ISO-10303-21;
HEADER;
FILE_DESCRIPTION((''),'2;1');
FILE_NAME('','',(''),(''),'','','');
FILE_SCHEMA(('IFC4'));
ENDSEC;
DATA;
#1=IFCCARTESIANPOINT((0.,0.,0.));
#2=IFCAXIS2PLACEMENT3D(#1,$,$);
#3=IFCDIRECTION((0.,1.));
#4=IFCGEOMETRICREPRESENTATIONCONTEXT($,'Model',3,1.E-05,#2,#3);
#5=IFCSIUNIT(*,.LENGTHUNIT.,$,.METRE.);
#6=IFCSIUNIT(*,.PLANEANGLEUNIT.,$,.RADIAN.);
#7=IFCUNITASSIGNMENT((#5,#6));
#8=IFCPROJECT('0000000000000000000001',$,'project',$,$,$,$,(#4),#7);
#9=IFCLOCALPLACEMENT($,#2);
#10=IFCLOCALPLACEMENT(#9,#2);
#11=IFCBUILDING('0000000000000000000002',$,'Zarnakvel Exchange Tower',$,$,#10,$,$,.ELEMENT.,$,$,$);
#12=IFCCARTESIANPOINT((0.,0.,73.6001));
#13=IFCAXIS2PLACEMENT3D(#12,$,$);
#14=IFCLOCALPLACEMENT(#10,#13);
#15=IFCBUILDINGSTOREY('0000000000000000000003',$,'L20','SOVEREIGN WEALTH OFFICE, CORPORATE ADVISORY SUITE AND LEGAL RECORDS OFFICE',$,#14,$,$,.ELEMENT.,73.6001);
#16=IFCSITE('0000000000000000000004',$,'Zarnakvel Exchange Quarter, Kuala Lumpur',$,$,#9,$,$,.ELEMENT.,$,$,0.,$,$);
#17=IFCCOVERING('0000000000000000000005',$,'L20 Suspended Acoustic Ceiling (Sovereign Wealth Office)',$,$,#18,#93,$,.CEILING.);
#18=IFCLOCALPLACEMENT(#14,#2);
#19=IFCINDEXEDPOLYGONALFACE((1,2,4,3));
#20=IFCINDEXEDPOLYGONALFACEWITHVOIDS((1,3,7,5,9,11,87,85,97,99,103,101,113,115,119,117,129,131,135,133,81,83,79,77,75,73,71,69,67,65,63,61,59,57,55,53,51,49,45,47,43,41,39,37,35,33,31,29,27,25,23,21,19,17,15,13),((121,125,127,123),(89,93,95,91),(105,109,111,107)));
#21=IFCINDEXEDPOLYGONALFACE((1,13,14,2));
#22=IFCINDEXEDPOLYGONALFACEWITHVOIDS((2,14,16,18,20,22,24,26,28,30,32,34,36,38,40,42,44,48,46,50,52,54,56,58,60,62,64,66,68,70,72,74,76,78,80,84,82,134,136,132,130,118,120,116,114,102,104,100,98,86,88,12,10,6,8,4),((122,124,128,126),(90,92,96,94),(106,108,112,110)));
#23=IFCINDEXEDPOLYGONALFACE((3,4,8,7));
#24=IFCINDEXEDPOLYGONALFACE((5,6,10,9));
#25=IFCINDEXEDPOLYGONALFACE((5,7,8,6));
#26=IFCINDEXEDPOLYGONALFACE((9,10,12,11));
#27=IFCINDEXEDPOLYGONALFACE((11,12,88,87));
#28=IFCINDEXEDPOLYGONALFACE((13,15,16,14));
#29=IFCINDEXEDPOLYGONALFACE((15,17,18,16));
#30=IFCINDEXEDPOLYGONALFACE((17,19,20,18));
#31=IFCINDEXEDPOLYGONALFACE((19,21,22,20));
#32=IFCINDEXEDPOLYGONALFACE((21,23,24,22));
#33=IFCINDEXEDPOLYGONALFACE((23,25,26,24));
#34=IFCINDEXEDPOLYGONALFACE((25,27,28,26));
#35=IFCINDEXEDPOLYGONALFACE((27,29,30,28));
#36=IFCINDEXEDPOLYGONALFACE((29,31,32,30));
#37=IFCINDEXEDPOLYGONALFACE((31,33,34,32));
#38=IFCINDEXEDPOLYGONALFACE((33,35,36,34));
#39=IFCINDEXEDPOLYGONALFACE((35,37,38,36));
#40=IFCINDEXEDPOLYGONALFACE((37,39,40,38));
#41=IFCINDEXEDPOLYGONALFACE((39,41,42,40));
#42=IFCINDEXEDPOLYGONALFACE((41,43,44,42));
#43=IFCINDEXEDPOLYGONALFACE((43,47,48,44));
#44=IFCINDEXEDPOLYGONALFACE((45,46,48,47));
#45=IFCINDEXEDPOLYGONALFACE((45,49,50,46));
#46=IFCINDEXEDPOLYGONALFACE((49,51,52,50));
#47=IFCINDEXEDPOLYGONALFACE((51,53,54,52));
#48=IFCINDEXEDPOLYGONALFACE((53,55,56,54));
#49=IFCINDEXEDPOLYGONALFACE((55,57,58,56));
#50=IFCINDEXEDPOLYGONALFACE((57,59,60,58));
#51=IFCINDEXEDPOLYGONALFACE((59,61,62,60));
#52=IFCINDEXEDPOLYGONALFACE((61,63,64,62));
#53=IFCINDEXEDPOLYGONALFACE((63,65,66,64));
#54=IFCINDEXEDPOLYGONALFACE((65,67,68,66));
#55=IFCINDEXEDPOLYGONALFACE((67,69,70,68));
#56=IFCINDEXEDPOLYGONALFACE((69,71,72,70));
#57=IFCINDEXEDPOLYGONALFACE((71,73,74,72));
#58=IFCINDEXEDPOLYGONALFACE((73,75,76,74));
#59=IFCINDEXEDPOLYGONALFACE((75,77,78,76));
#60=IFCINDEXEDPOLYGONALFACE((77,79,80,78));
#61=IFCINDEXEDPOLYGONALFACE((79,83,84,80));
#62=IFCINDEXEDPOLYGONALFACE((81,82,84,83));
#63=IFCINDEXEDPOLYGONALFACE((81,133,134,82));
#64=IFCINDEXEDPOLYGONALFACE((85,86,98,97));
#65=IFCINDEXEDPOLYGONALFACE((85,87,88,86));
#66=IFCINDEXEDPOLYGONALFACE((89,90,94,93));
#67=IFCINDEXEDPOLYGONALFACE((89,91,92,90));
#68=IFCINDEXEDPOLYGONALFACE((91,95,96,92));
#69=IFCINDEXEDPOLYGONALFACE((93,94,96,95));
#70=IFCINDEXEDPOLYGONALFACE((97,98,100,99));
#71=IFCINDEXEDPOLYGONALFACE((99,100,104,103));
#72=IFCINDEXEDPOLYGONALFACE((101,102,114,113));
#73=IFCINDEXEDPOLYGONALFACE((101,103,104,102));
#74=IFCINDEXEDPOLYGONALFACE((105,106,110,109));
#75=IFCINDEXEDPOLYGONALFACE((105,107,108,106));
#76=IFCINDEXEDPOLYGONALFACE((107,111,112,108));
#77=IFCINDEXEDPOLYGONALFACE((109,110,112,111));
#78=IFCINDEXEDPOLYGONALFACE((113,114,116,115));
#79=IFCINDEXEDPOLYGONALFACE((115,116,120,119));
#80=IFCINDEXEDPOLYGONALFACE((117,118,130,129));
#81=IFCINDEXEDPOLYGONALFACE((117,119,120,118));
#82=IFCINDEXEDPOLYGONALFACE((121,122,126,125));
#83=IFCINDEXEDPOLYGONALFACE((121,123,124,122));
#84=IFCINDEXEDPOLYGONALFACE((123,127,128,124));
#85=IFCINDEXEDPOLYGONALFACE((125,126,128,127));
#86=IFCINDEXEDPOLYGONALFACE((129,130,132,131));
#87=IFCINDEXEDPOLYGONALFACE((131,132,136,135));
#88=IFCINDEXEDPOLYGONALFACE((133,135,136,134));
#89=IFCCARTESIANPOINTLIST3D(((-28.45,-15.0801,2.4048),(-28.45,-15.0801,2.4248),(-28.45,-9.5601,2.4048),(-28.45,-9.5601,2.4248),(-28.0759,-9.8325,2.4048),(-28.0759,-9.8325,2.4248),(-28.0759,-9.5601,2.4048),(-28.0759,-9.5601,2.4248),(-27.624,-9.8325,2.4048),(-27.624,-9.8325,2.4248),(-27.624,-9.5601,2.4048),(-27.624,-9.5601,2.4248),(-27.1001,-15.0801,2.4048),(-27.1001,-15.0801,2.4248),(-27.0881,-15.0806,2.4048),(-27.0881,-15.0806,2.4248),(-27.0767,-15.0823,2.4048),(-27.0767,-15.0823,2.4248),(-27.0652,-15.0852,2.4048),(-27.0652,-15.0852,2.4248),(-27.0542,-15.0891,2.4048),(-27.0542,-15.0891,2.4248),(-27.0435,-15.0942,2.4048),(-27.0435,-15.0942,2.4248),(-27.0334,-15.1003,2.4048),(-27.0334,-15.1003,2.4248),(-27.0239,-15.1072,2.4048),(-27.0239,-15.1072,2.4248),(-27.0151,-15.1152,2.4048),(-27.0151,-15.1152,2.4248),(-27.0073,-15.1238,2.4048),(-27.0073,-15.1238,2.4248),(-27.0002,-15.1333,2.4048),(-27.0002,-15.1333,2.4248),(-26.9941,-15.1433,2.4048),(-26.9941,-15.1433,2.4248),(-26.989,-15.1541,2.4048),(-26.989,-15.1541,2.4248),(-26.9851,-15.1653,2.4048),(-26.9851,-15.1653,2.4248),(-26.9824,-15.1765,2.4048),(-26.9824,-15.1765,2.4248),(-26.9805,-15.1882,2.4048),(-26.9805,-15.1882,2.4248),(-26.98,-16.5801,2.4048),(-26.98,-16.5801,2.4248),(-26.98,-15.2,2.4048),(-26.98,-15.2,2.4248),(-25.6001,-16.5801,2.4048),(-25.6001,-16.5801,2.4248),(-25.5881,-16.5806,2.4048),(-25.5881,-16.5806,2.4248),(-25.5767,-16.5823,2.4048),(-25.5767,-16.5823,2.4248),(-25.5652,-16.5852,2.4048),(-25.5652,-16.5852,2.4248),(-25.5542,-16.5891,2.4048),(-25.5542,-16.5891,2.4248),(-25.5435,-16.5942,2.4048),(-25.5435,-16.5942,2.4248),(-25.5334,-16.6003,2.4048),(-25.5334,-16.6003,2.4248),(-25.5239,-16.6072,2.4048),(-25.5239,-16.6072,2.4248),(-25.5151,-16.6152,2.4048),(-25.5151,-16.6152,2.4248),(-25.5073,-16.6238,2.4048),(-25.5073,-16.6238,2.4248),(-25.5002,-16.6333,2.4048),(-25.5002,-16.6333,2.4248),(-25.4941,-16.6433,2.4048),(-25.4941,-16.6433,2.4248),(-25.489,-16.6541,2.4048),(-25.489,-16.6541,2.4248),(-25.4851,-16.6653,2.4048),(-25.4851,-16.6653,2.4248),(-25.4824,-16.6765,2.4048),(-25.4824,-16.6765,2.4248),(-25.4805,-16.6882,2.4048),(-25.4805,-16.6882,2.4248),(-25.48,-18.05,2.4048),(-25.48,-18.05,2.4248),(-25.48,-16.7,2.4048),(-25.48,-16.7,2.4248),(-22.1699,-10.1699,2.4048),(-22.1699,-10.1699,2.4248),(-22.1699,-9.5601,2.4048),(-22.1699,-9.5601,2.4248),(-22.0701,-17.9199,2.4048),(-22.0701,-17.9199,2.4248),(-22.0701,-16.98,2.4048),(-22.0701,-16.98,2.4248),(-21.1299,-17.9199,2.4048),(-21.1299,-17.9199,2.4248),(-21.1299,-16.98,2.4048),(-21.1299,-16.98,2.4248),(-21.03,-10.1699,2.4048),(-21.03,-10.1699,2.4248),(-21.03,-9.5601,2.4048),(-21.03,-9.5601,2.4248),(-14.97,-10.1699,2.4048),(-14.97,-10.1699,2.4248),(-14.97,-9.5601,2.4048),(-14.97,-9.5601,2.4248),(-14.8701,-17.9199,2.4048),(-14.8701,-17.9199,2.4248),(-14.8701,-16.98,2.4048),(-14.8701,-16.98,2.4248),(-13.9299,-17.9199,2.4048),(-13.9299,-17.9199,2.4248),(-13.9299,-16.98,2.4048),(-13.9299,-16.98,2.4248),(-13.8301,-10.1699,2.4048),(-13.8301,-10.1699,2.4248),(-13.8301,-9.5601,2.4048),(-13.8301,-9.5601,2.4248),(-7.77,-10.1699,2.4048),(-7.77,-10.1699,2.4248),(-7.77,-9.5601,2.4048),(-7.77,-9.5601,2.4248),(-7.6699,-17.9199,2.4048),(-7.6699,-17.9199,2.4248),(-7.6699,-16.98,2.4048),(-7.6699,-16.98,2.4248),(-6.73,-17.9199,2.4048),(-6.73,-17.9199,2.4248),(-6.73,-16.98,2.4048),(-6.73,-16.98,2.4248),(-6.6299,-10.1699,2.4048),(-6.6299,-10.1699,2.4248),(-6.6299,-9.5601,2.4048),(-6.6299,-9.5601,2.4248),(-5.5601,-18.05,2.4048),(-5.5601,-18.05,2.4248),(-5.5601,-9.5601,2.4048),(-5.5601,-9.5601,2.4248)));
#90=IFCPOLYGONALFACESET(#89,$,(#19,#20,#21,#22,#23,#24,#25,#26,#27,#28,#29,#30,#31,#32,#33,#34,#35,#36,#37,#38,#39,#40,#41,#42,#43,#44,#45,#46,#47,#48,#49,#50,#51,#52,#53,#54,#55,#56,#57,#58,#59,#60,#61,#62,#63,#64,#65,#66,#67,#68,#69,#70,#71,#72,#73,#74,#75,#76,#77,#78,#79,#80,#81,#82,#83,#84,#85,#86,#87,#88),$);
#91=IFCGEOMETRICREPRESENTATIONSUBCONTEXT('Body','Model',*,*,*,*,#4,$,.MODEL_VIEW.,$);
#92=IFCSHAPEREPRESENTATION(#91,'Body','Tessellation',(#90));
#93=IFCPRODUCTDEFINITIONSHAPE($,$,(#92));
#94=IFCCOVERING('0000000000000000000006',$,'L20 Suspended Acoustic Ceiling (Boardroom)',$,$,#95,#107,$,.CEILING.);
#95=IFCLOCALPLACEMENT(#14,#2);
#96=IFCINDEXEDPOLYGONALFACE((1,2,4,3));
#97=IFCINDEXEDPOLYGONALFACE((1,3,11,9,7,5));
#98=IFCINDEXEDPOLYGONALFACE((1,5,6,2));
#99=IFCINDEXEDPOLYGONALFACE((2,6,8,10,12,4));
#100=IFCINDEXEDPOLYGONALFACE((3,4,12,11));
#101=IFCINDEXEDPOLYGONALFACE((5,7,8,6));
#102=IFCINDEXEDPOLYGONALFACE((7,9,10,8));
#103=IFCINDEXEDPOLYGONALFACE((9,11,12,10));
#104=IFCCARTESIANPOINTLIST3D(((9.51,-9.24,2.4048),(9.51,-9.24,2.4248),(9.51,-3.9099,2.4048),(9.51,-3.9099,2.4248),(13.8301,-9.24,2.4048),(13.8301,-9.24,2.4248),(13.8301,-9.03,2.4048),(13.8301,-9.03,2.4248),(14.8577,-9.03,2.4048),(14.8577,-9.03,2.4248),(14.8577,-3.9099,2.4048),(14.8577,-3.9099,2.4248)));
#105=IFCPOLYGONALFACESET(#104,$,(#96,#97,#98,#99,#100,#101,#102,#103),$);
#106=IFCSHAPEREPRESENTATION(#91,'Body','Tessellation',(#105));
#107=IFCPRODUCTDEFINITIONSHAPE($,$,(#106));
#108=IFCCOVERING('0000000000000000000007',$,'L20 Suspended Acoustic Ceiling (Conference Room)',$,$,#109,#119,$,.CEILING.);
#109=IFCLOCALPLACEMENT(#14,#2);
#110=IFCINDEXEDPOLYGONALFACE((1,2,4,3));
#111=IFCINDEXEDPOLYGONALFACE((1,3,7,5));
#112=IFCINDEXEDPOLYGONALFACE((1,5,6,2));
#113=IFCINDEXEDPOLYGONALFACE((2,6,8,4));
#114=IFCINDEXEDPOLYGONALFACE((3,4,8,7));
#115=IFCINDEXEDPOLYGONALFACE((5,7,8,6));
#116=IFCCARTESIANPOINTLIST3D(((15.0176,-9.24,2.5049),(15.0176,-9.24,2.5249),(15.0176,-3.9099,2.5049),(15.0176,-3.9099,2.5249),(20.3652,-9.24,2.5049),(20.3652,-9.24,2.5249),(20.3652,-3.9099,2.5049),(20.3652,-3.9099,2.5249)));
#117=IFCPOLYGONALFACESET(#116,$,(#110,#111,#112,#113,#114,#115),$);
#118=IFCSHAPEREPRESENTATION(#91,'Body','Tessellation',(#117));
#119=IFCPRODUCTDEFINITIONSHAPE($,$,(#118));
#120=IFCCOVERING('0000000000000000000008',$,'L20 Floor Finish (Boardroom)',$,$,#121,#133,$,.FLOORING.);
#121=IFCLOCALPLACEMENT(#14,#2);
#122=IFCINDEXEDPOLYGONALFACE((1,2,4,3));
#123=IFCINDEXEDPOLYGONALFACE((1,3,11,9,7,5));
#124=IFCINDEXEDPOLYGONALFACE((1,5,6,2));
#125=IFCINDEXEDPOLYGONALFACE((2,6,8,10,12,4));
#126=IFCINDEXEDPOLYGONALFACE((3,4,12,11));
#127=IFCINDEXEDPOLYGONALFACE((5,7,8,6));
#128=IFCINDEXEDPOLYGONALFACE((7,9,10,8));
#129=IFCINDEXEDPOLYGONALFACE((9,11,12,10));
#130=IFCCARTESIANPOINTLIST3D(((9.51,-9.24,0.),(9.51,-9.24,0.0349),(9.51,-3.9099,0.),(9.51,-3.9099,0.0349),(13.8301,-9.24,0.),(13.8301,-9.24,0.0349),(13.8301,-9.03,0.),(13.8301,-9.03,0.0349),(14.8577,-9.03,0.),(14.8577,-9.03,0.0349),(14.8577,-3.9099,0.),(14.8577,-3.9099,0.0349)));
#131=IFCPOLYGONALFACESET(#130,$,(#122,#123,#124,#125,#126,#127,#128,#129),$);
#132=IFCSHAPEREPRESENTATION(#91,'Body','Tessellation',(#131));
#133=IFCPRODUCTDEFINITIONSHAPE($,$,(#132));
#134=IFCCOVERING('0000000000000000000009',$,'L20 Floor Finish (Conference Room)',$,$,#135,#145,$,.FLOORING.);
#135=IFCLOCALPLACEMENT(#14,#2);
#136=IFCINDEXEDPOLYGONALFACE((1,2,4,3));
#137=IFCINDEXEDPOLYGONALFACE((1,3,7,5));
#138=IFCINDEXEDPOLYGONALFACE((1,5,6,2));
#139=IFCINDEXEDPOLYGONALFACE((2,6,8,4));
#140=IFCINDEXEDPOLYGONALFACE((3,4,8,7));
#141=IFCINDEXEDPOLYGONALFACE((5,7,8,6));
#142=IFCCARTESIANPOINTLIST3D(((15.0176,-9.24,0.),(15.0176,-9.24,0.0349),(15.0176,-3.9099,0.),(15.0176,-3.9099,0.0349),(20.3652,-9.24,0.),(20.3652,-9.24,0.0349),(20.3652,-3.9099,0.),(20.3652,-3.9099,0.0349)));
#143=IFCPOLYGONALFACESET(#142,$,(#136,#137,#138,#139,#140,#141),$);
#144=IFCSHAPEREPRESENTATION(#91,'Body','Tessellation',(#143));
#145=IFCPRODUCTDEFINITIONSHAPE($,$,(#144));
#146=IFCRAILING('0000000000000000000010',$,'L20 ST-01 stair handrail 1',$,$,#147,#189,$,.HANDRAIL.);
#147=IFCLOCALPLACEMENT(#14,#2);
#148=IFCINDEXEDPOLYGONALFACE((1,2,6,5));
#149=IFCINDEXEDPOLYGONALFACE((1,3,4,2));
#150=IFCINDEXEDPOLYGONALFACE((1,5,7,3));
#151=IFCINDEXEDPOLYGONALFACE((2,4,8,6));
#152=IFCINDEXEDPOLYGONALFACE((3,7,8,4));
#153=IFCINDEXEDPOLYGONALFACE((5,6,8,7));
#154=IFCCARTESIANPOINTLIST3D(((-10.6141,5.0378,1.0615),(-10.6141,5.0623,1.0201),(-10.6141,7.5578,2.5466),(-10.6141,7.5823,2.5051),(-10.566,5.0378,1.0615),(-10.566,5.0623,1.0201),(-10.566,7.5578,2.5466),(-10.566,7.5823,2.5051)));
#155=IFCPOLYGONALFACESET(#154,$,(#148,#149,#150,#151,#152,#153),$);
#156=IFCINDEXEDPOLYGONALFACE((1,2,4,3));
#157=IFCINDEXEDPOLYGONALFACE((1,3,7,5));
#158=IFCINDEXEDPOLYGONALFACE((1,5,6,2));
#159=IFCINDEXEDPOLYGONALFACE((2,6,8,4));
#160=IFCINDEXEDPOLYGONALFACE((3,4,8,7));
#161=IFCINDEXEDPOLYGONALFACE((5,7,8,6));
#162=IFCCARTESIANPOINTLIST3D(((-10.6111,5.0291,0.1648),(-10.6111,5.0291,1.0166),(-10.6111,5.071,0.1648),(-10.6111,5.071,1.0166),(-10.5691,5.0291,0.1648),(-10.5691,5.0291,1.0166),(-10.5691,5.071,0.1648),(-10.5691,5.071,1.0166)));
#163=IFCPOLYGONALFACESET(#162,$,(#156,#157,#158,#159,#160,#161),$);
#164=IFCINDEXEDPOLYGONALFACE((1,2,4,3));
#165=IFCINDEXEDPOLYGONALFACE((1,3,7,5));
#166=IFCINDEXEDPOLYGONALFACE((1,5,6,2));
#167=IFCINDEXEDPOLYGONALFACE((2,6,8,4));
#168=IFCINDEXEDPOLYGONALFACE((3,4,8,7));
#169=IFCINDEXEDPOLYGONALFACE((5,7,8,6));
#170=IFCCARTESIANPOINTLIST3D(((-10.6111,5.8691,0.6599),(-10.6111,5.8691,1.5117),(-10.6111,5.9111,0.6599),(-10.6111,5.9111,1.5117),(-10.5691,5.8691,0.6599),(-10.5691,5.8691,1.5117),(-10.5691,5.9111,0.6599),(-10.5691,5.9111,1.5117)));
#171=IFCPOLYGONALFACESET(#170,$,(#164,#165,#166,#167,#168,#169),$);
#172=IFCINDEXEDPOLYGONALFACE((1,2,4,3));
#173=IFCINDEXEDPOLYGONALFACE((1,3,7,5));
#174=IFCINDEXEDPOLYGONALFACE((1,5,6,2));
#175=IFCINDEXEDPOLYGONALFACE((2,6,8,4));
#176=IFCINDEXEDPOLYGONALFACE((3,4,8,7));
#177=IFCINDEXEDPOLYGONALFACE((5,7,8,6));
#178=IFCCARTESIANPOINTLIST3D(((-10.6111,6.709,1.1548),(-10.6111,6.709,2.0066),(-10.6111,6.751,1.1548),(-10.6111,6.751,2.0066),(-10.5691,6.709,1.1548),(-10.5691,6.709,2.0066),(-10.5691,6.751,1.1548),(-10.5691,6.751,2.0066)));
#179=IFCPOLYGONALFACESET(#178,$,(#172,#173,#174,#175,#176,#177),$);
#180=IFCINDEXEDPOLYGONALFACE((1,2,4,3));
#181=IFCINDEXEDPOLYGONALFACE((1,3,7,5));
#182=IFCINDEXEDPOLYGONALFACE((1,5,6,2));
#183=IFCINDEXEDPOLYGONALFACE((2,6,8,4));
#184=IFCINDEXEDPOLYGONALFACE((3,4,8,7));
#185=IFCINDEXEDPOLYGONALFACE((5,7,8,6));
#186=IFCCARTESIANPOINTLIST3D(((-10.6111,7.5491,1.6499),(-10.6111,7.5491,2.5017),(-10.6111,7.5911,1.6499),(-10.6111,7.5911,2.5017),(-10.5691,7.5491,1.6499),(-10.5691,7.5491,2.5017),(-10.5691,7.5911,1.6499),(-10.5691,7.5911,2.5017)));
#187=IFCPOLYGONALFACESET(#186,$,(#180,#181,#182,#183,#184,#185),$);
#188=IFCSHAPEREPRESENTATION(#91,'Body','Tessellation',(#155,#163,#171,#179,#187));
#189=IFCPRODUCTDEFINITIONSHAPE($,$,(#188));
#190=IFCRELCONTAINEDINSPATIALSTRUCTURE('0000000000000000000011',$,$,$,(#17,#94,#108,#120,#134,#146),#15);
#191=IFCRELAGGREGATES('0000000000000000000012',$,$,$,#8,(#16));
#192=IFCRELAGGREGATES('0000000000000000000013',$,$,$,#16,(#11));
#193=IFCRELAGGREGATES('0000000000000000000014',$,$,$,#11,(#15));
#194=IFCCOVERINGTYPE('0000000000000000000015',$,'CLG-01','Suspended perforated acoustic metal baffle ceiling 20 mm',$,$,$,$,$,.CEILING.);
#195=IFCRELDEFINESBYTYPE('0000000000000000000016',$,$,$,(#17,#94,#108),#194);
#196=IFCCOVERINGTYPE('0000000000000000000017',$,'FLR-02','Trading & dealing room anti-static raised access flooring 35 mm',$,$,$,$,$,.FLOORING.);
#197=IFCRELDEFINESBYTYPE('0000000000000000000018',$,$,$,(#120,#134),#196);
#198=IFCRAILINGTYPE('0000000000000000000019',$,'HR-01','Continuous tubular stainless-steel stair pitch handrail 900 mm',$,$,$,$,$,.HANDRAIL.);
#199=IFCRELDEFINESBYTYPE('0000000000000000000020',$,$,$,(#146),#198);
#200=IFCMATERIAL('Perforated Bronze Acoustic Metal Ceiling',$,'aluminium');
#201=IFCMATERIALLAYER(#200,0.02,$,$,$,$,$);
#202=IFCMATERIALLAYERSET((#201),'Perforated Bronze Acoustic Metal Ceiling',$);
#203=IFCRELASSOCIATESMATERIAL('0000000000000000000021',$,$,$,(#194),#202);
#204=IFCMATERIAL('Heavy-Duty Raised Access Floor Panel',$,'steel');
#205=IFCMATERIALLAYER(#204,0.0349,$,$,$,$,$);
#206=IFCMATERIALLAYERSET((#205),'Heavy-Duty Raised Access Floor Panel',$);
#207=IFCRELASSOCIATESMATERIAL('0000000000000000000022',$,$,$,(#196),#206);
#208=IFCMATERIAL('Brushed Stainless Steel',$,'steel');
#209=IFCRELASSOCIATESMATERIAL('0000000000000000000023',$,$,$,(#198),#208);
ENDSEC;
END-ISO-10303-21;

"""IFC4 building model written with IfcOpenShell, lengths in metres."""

from ifc_helpers import new_model, si_unit, direction, frame, origin, origin_2d, place, context, subcontext, project, spatial, polyline, rectangle, outline, extrude, material, layer, layer_set, type_object, element, save


model = new_model("IFC4")

# Units and contexts
model_context = context("Model", 3, precision=1e-05, world=origin(), true_north=direction((0.0, 1.0)))
body_context = subcontext(model_context, "Body", "Model", "MODEL_VIEW")
ifc_project = project(units=[si_unit("LENGTHUNIT", "METRE"), si_unit("PLANEANGLEUNIT", "RADIAN")], contexts=[model_context])

# Site, building, storey
site_placement = place(None, origin())
site = spatial("IfcSite", under=ifc_project, at=site_placement, Name="Zarnakvel Exchange Quarter, Kuala Lumpur", CompositionType="ELEMENT", RefElevation=0.0)
building_placement = place(site_placement, origin())
building = spatial("IfcBuilding", under=site, at=building_placement, Name="Zarnakvel Exchange Tower", CompositionType="ELEMENT")
storey_placement = place(building_placement, frame((0.0, 0.0, 73.6001)))
storey = spatial("IfcBuildingStorey", under=building, at=storey_placement, Name="L20", Description="SOVEREIGN WEALTH OFFICE, CORPORATE ADVISORY SUITE AND LEGAL RECORDS OFFICE", CompositionType="ELEMENT", Elevation=73.6001)

# Shared definitions
ifc_material_1 = material(Name="Brushed Stainless Steel", Category="steel")

# Coverings
ifc_material_2 = material(Name="Perforated Bronze Acoustic Metal Ceiling", Category="aluminium")
ifc_layer_1 = layer(ifc_material_2, 0.02)
ifc_layer_set_1 = layer_set([ifc_layer_1], Name="Perforated Bronze Acoustic Metal Ceiling")
covering_type_1 = type_object("IfcCoveringType", Name="CLG-01", Description="Suspended perforated acoustic metal baffle ceiling 20 mm", PredefinedType="CEILING", material=ifc_layer_set_1)
covering_1_placement = place(storey_placement, frame((0.0, 0.0, 2.4048)))
element("IfcCovering", 1, at=covering_1_placement, inside=storey, type_object=covering_type_1, Name="L20 Suspended Acoustic Ceiling (Sovereign Wealth Office)", PredefinedType="CEILING", context=body_context, shape_type="SweptSolid", body=[
    extrude(outline(polyline([(-28.0759, -9.5601), (-28.0759, -9.8325), (-27.624, -9.8325), (-27.624, -9.5601), (-22.1699, -9.5601), (-22.1699, -10.1699), (-21.03, -10.1699), (-21.03, -9.5601), (-14.97, -9.5601), (-14.97, -10.1699), (-13.8301, -10.1699), (-13.8301, -9.5601), (-7.77, -9.5601), (-7.77, -10.1699), (-6.6299, -10.1699), (-6.6299, -9.5601), (-5.5601, -9.5601), (-5.5601, -18.05), (-25.48, -18.05), (-25.48, -16.7), (-25.4805, -16.6882), (-25.4824, -16.6765), (-25.4851, -16.6653), (-25.489, -16.6541), (-25.4941, -16.6433), (-25.5002, -16.6333), (-25.5073, -16.6238), (-25.5151, -16.6152), (-25.5239, -16.6072), (-25.5334, -16.6003), (-25.5435, -16.5942), (-25.5542, -16.5891), (-25.5652, -16.5852), (-25.5767, -16.5823), (-25.5881, -16.5806), (-25.6001, -16.5801), (-26.98, -16.5801), (-26.98, -15.2), (-26.9805, -15.1882), (-26.9824, -15.1765), (-26.9851, -15.1653), (-26.989, -15.1541), (-26.9941, -15.1433), (-27.0002, -15.1333), (-27.0073, -15.1238), (-27.0151, -15.1152), (-27.0239, -15.1072), (-27.0334, -15.1003), (-27.0435, -15.0942), (-27.0542, -15.0891), (-27.0652, -15.0852), (-27.0767, -15.0823), (-27.0881, -15.0806), (-27.1001, -15.0801), (-28.45, -15.0801), (-28.45, -9.5601), (-28.0759, -9.5601)]), holes=[polyline([(-6.73, -17.9199), (-6.73, -16.98), (-7.6699, -16.98), (-7.6699, -17.9199), (-6.73, -17.9199)]), polyline([(-13.9299, -17.9199), (-13.9299, -16.98), (-14.8701, -16.98), (-14.8701, -17.9199), (-13.9299, -17.9199)]), polyline([(-21.1299, -17.9199), (-21.1299, -16.98), (-22.0701, -16.98), (-22.0701, -17.9199), (-21.1299, -17.9199)])]), origin(), (0.0, 0.0, 1.0), 0.02),
])
covering_2_placement = place(storey_placement, frame((0.0, 0.0, 2.4048)))
element("IfcCovering", 2, at=covering_2_placement, inside=storey, type_object=covering_type_1, Name="L20 Suspended Acoustic Ceiling (Boardroom)", PredefinedType="CEILING", context=body_context, shape_type="SweptSolid", body=[
    extrude(outline(polyline([(9.51, -3.9099), (14.8577, -3.9099), (14.8577, -9.03), (13.8301, -9.03), (13.8301, -9.24), (9.51, -9.24), (9.51, -3.9099)])), origin(), (0.0, 0.0, 1.0), 0.02),
])
covering_3_placement = place(storey_placement, frame((0.0, 0.0, 2.5049)))
element("IfcCovering", 3, at=covering_3_placement, inside=storey, type_object=covering_type_1, Name="L20 Suspended Acoustic Ceiling (Conference Room)", PredefinedType="CEILING", context=body_context, shape_type="SweptSolid", body=[
    extrude(outline(polyline([(15.0176, -3.9099), (20.3652, -3.9099), (20.3652, -9.24), (15.0176, -9.24), (15.0176, -3.9099)])), origin(), (0.0, 0.0, 1.0), 0.02),
])
ifc_material_3 = material(Name="Heavy-Duty Raised Access Floor Panel", Category="steel")
ifc_layer_2 = layer(ifc_material_3, 0.0349)
ifc_layer_set_2 = layer_set([ifc_layer_2], Name="Heavy-Duty Raised Access Floor Panel")
covering_type_2 = type_object("IfcCoveringType", Name="FLR-02", Description="Trading & dealing room anti-static raised access flooring 35 mm", PredefinedType="FLOORING", material=ifc_layer_set_2)
covering_4_placement = place(storey_placement, origin())
element("IfcCovering", 4, at=covering_4_placement, inside=storey, type_object=covering_type_2, Name="L20 Floor Finish (Boardroom)", PredefinedType="FLOORING", context=body_context, shape_type="SweptSolid", body=[
    extrude(outline(polyline([(9.51, -3.9099), (14.8577, -3.9099), (14.8577, -9.03), (13.8301, -9.03), (13.8301, -9.24), (9.51, -9.24), (9.51, -3.9099)])), origin(), (0.0, 0.0, 1.0), 0.0349),
])
covering_5_placement = place(storey_placement, origin())
element("IfcCovering", 5, at=covering_5_placement, inside=storey, type_object=covering_type_2, Name="L20 Floor Finish (Conference Room)", PredefinedType="FLOORING", context=body_context, shape_type="SweptSolid", body=[
    extrude(outline(polyline([(15.0176, -3.9099), (20.3652, -3.9099), (20.3652, -9.24), (15.0176, -9.24), (15.0176, -3.9099)])), origin(), (0.0, 0.0, 1.0), 0.0349),
])

# Railing
railing_type = type_object("IfcRailingType", Name="HR-01", Description="Continuous tubular stainless-steel stair pitch handrail 900 mm", PredefinedType="HANDRAIL", material=ifc_material_1)
railing_placement = place(storey_placement, frame((-10.5901, 5.05, 0.1648)))
element("IfcRailing", 6, at=railing_placement, inside=storey, type_object=railing_type, Name="L20 ST-01 stair handrail 1", PredefinedType="HANDRAIL", context=body_context, shape_type="SweptSolid", body=[
    extrude(rectangle(XDim=0.0481, YDim=0.0481, at=origin_2d()), frame((0.0, 0.0, 0.876), z_axis=(0.0, 0.861524, 0.507717), x_axis=(-1.0, 0.0, 0.0)), (0.0, 0.0, 1.0), 2.925),
    extrude(rectangle(XDim=0.042, YDim=0.042, at=origin_2d()), origin(), (0.0, 0.0, 1.0), 0.8518),
    extrude(rectangle(XDim=0.042, YDim=0.042, at=origin_2d()), frame((0.0, 0.8401, 0.4951)), (0.0, 0.0, 1.0), 0.8518),
    extrude(rectangle(XDim=0.042, YDim=0.042, at=origin_2d()), frame((0.0, 1.6799, 0.99)), (0.0, 0.0, 1.0), 0.8518),
    extrude(rectangle(XDim=0.042, YDim=0.042, at=origin_2d()), frame((0.0, 2.52, 1.4851)), (0.0, 0.0, 1.0), 0.8518),
])

save(model, "model.ifc")
